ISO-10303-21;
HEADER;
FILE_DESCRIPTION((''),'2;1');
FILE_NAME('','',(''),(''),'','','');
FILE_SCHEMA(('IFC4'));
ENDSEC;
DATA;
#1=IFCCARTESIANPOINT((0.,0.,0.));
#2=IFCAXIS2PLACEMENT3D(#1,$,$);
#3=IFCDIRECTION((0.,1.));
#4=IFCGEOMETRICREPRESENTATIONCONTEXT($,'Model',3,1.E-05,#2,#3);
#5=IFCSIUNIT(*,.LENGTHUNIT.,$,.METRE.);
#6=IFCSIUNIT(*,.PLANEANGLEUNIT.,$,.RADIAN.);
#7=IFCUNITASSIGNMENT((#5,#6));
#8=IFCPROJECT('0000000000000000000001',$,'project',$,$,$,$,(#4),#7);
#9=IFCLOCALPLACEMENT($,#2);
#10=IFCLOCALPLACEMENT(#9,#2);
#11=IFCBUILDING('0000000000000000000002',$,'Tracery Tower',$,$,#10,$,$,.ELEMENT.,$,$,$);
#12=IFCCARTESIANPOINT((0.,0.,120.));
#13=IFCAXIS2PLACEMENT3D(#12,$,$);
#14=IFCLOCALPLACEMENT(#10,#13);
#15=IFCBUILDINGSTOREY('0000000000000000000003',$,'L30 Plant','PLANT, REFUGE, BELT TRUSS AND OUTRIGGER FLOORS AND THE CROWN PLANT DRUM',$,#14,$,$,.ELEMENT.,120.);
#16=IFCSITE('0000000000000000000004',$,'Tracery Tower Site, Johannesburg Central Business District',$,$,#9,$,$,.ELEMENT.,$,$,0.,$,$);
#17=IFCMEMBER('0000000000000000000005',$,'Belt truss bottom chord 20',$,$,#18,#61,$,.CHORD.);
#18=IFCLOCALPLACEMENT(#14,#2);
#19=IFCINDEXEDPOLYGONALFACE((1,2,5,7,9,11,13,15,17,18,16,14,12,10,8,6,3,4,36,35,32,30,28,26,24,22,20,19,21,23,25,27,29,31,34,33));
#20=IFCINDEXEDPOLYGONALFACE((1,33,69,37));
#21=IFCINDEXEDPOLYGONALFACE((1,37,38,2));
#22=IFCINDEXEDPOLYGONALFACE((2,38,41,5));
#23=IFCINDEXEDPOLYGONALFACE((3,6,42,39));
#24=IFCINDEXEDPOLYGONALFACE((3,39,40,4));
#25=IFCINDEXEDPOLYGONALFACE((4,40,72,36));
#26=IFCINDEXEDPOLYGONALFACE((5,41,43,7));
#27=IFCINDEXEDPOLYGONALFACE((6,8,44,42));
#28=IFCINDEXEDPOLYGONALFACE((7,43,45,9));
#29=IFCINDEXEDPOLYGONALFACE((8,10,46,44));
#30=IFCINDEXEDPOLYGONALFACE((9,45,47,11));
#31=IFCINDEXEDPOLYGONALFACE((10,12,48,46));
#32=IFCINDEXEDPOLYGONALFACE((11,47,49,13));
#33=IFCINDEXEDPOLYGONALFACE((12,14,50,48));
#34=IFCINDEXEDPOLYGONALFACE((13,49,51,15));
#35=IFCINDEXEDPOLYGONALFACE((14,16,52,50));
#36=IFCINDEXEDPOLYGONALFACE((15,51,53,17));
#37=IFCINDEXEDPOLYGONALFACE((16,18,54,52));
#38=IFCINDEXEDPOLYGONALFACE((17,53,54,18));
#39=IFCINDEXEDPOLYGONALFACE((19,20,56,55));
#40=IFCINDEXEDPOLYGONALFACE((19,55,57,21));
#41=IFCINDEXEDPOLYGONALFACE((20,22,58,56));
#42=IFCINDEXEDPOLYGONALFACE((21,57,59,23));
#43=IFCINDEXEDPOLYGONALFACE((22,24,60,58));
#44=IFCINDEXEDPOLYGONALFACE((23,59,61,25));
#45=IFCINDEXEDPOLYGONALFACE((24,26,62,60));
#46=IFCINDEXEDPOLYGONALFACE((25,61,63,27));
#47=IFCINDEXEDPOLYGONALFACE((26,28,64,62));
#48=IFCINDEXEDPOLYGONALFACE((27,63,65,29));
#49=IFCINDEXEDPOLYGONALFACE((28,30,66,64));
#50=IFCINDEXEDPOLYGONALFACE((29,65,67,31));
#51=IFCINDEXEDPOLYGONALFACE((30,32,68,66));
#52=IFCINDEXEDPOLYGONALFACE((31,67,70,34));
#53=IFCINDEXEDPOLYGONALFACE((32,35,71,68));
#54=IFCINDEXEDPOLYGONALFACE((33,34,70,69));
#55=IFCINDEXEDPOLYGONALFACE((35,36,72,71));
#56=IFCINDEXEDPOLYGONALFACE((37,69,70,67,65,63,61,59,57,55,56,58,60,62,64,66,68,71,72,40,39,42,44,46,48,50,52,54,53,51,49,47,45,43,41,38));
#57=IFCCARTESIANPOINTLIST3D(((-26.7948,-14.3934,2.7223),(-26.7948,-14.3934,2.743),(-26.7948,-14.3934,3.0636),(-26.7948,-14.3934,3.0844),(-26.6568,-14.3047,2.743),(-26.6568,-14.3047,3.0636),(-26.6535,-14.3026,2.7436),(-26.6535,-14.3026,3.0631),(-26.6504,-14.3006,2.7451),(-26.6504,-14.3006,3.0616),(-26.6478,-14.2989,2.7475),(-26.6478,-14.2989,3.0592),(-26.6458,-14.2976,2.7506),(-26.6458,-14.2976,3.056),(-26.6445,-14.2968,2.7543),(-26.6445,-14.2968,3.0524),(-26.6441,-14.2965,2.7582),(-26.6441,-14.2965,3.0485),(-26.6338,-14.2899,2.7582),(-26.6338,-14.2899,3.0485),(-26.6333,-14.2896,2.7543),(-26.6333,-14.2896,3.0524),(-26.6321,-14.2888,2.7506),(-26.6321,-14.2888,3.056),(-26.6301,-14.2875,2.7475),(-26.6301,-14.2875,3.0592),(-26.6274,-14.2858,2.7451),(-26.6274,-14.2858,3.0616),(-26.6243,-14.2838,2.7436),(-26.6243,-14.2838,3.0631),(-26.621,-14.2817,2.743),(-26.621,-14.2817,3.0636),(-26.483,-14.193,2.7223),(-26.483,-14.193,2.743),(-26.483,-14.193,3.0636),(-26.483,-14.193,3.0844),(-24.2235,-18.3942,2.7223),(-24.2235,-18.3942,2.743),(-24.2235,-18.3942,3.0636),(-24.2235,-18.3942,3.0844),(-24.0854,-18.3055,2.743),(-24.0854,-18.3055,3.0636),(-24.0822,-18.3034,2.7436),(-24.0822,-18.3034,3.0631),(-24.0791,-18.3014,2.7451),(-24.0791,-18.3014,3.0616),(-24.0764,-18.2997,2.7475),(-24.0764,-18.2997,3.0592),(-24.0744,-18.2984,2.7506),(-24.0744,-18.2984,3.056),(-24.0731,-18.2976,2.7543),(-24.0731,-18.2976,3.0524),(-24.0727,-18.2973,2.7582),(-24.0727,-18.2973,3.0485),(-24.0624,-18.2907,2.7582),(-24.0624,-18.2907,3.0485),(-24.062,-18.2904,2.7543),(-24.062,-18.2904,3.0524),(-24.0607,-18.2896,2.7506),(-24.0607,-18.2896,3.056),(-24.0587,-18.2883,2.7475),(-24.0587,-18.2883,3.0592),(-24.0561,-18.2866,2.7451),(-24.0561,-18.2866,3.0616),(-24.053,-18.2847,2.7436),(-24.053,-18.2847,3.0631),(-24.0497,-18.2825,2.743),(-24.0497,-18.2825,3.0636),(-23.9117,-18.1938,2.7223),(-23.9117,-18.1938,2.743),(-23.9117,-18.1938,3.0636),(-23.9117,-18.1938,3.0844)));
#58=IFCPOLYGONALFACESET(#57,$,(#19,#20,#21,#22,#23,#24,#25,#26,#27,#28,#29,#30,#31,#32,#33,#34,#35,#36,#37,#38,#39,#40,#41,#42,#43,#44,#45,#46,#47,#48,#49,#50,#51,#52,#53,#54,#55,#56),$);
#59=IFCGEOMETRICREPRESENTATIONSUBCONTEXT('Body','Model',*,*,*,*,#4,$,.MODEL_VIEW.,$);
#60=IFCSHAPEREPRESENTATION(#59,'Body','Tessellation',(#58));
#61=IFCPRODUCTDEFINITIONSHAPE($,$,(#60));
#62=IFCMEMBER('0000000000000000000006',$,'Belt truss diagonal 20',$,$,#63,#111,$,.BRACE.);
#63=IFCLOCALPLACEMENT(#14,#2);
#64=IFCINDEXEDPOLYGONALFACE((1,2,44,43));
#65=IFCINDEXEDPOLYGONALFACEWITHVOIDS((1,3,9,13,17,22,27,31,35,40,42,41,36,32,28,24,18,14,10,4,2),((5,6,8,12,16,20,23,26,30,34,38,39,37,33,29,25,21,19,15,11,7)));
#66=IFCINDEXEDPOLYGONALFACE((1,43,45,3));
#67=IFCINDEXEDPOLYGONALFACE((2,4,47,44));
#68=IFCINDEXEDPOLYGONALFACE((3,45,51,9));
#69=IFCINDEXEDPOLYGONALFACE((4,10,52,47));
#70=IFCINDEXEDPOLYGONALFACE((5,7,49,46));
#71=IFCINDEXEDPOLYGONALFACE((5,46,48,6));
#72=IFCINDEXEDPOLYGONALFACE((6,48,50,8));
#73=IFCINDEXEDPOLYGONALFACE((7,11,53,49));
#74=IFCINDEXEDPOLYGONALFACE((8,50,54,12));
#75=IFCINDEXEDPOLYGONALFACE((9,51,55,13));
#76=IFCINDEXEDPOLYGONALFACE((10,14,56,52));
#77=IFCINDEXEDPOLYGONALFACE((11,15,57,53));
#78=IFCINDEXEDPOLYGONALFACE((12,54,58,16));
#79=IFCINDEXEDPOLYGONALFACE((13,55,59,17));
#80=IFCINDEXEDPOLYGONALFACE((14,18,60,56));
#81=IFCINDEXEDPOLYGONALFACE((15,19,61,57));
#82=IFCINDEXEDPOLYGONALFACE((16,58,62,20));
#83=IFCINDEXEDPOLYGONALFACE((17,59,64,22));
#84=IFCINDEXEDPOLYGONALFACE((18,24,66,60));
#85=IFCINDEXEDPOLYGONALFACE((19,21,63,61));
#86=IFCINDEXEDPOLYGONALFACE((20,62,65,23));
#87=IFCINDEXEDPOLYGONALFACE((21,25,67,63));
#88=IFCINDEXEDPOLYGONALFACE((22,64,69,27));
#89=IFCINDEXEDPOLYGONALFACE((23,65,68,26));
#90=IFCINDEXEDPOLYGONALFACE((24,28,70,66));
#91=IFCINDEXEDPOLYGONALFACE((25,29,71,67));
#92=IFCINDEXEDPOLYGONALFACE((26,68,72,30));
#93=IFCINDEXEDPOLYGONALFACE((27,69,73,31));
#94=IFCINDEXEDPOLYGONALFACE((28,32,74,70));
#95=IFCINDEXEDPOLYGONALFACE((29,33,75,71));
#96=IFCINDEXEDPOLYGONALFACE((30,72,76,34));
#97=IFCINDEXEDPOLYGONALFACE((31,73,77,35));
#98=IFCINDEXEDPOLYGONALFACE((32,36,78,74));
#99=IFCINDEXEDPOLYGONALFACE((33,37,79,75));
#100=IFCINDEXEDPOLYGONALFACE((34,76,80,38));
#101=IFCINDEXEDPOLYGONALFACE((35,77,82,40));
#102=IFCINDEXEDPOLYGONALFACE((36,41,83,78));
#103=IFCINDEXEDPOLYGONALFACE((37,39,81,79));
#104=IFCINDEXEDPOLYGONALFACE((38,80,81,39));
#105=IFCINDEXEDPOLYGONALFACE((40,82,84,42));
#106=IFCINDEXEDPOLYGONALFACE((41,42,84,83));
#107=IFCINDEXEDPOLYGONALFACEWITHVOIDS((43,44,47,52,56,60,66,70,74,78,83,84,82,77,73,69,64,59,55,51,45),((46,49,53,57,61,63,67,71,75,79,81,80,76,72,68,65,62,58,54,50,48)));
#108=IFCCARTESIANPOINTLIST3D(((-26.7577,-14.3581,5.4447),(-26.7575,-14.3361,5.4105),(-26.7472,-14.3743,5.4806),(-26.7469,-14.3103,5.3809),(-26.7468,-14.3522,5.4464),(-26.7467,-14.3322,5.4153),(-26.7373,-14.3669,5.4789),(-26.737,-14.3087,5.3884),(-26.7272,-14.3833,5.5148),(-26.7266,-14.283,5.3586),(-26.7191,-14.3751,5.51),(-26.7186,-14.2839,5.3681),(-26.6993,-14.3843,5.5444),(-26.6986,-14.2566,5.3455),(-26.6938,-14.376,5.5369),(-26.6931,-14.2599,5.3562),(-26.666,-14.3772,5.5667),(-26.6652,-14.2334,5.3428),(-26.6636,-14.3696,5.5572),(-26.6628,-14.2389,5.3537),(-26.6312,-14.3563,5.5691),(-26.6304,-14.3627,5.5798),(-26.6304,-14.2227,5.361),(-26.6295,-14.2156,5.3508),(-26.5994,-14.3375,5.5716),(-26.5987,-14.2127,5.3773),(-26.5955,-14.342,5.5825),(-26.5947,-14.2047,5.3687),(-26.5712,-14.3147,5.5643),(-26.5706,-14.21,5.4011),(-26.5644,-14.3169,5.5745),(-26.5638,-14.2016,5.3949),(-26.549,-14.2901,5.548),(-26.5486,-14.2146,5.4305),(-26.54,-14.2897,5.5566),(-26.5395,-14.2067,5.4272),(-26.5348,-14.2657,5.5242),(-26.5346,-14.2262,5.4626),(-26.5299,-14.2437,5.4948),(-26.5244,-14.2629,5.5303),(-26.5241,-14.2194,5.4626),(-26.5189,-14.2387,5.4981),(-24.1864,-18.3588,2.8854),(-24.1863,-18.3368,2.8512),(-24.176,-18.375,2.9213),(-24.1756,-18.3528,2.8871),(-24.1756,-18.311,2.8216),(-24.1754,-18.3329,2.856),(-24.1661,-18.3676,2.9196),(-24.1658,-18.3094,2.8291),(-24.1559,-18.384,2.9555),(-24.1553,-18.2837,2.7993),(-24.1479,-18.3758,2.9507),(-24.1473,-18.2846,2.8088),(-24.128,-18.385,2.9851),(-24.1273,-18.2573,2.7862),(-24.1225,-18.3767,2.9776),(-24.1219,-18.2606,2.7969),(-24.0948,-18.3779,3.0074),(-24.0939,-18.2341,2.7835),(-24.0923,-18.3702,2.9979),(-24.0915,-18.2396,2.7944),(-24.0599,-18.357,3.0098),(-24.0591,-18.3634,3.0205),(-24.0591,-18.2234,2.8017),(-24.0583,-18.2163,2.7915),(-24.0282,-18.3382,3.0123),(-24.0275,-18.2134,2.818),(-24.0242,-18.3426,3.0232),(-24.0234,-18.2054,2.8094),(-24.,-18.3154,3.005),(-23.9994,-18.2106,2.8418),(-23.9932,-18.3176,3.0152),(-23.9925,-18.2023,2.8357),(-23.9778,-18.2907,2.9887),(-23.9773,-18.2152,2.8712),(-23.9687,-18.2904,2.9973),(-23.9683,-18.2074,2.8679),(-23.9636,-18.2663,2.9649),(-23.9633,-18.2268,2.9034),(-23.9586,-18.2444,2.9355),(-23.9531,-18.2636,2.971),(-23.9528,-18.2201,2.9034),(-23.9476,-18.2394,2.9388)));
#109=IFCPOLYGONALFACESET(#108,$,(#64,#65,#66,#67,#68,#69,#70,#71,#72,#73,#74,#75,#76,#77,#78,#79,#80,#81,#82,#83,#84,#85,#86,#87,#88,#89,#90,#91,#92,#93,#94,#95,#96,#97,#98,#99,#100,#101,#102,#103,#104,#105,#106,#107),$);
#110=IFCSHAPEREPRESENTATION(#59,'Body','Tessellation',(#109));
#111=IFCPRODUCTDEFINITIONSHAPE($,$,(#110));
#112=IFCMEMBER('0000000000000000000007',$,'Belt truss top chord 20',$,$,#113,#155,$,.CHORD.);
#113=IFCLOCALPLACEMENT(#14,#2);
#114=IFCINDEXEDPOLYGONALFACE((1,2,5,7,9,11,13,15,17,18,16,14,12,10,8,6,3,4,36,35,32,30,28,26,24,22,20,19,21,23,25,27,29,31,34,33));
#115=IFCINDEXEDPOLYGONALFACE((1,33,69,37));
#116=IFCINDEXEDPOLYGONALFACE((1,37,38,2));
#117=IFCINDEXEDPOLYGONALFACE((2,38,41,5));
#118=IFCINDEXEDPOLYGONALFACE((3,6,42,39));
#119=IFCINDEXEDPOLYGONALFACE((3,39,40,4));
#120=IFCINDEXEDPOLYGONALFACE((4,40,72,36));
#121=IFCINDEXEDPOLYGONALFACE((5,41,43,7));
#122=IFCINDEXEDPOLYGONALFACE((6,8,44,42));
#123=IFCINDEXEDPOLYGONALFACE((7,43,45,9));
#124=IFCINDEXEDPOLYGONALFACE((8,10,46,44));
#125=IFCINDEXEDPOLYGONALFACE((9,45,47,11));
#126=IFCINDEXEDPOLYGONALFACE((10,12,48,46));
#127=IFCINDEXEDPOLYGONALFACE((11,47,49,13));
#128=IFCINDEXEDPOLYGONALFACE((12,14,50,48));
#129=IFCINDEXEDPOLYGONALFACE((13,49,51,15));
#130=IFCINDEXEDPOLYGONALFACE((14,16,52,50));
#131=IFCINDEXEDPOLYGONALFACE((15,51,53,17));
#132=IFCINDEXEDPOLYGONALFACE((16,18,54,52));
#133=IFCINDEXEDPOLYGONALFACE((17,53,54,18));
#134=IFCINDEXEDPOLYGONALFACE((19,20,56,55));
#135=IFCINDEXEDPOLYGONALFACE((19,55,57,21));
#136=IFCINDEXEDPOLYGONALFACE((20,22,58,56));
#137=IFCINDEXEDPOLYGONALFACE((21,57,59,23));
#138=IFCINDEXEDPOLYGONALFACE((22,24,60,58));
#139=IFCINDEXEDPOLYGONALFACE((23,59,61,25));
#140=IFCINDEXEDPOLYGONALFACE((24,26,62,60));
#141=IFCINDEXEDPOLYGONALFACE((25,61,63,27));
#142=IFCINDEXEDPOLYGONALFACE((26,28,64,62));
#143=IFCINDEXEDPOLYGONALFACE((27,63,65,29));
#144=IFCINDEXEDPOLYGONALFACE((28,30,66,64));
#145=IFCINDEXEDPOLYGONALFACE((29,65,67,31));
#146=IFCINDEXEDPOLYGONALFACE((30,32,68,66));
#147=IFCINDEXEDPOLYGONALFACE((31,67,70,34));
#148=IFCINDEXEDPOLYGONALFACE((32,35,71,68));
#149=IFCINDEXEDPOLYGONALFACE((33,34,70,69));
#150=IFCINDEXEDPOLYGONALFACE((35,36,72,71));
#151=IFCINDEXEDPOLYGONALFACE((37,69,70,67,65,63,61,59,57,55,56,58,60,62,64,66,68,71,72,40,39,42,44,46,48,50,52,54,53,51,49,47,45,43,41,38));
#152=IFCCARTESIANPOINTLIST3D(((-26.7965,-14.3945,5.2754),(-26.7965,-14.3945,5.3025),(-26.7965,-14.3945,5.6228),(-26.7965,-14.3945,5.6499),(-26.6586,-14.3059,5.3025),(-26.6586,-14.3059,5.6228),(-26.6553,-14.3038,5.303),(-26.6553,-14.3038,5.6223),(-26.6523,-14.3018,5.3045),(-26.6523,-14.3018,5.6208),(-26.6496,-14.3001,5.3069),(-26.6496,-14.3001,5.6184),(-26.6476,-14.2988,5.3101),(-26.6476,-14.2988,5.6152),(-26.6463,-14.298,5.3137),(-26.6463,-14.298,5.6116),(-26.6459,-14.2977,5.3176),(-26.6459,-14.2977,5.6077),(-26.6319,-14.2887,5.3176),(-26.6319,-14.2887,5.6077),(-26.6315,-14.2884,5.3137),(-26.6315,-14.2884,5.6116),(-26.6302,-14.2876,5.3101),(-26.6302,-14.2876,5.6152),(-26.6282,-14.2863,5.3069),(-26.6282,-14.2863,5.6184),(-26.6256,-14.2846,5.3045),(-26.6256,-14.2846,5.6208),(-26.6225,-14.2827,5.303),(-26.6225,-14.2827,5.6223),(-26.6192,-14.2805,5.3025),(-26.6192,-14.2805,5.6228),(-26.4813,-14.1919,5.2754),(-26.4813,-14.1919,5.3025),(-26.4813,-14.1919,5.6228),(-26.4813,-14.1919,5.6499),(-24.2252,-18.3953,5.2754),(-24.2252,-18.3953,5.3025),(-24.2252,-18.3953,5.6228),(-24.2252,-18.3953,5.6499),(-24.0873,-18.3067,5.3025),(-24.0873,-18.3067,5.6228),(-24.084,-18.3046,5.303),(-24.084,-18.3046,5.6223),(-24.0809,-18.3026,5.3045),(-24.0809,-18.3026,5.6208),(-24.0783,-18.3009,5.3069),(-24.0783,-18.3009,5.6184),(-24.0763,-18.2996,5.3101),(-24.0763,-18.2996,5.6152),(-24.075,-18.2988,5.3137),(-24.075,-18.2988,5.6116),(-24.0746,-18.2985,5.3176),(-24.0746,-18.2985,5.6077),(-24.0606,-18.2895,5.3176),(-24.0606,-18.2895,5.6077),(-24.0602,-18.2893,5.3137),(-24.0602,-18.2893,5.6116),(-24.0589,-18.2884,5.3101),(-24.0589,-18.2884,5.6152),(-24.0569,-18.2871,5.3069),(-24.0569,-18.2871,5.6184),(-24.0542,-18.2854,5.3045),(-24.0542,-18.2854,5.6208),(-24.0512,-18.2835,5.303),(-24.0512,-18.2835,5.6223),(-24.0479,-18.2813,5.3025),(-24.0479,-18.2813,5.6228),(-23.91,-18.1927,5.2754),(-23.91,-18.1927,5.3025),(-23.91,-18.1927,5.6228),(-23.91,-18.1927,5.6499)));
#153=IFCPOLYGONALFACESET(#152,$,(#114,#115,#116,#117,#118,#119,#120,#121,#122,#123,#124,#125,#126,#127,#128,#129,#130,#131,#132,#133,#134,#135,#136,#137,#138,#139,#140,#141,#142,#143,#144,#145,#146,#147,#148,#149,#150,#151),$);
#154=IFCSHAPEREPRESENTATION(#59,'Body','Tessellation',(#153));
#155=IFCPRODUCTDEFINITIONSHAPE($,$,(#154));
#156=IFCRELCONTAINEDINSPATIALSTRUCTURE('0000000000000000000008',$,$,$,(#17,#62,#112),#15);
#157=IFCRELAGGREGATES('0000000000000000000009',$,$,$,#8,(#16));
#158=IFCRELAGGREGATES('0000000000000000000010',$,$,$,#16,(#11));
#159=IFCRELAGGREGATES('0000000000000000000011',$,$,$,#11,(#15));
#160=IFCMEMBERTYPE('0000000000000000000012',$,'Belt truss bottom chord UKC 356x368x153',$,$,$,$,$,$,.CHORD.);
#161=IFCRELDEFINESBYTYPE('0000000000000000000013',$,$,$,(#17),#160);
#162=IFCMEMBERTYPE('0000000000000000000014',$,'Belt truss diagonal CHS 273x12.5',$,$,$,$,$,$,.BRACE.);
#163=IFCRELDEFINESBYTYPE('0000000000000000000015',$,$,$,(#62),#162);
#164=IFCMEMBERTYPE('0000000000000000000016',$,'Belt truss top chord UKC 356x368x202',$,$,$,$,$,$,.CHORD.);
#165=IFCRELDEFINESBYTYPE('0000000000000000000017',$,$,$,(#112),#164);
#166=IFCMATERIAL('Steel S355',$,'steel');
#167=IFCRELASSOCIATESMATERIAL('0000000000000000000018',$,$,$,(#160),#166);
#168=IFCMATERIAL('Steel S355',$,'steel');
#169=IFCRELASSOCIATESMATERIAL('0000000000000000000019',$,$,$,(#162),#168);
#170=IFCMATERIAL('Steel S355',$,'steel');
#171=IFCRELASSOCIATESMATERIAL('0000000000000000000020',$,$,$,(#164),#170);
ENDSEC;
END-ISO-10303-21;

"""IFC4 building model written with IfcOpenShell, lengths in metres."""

from ifc_helpers import new_model, si_unit, direction, frame, origin, origin_2d, place, context, subcontext, project, spatial, hollow_circle, i_section, extrude, material, material_profile, profile_set, type_object, element, save


model = new_model("IFC4")

# Units and contexts
model_context = context("Model", 3, precision=1e-05, world=origin(), true_north=direction((0.0, 1.0)))
body_context = subcontext(model_context, "Body", "Model", "MODEL_VIEW")
ifc_project = project(units=[si_unit("LENGTHUNIT", "METRE"), si_unit("PLANEANGLEUNIT", "RADIAN")], contexts=[model_context])

# Site, building, storey
site_placement = place(None, origin())
site = spatial("IfcSite", under=ifc_project, at=site_placement, Name="Tracery Tower Site, Johannesburg Central Business District", CompositionType="ELEMENT", RefElevation=0.0)
building_placement = place(site_placement, origin())
building = spatial("IfcBuilding", under=site, at=building_placement, Name="Tracery Tower", CompositionType="ELEMENT")
storey_placement = place(building_placement, frame((0.0, 0.0, 120.0)))
storey = spatial("IfcBuildingStorey", under=building, at=storey_placement, Name="L30 Plant", Description="PLANT, REFUGE, BELT TRUSS AND OUTRIGGER FLOORS AND THE CROWN PLANT DRUM", CompositionType="ELEMENT", Elevation=120.0)

# Members
ifc_material_1 = material(Name="Steel S355", Category="steel")
ifc_material_profile_1 = material_profile(ifc_material_1, i_section(OverallWidth=0.3706, OverallDepth=0.3621, WebThickness=0.0122, FlangeThickness=0.0208, FilletRadius=0.0151, at=origin_2d()), Name="UKC 356x368x153")
ifc_profile_set_1 = profile_set([ifc_material_profile_1], Name="Steel S355")
member_type_1 = type_object("IfcMemberType", Name="Belt truss bottom chord UKC 356x368x153", PredefinedType="CHORD", material=ifc_profile_set_1)
member_1_placement = place(storey_placement, frame((-26.6389, -14.2932, 2.9033), z_axis=(0.540667, -0.841237, 0.0), x_axis=(0.841237, 0.540667, 0.0)))
element("IfcMember", 1, at=member_1_placement, inside=storey, type_object=member_type_1, Name="Belt truss bottom chord 20", PredefinedType="CHORD", context=body_context, shape_type="SweptSolid", body=[
    extrude(i_section(OverallWidth=0.3706, OverallDepth=0.3621, WebThickness=0.0122, FlangeThickness=0.0208, FilletRadius=0.0151, at=origin_2d()), origin(), (0.0, 0.0, 1.0), 4.7559),
])
ifc_material_2 = material(Name="Steel S355", Category="steel")
ifc_material_profile_2 = material_profile(ifc_material_2, hollow_circle(Radius=0.1365, WallThickness=0.0125, at=origin_2d()), Name="CHS 273x12.5")
ifc_profile_set_2 = profile_set([ifc_material_profile_2], Name="Steel S355")
member_type_2 = type_object("IfcMemberType", Name="Belt truss diagonal CHS 273x12.5", PredefinedType="BRACE", material=ifc_profile_set_2)
member_2_placement = place(storey_placement, frame((-26.6389, -14.2932, 5.4626), z_axis=(0.476103, -0.740781, -0.473888), x_axis=(0.841237, 0.540667, 0.0)))
element("IfcMember", 2, at=member_2_placement, inside=storey, type_object=member_type_2, Name="Belt truss diagonal 20", PredefinedType="BRACE", context=body_context, shape_type="SweptSolid", body=[
    extrude(hollow_circle(Radius=0.1365, WallThickness=0.0125, at=origin_2d()), origin(), (0.0, 0.0, 1.0), 5.4006),
])
ifc_material_3 = material(Name="Steel S355", Category="steel")
ifc_material_profile_3 = material_profile(ifc_material_3, i_section(OverallWidth=0.3748, OverallDepth=0.3745, WebThickness=0.0166, FlangeThickness=0.0271, FilletRadius=0.0151, at=origin_2d()), Name="UKC 356x368x202")
ifc_profile_set_3 = profile_set([ifc_material_profile_3], Name="Steel S355")
member_type_3 = type_object("IfcMemberType", Name="Belt truss top chord UKC 356x368x202", PredefinedType="CHORD", material=ifc_profile_set_3)
member_3_placement = place(storey_placement, frame((-26.6389, -14.2932, 5.4626), z_axis=(0.540667, -0.841237, 0.0), x_axis=(0.841237, 0.540667, 0.0)))
element("IfcMember", 3, at=member_3_placement, inside=storey, type_object=member_type_3, Name="Belt truss top chord 20", PredefinedType="CHORD", context=body_context, shape_type="SweptSolid", body=[
    extrude(i_section(OverallWidth=0.3748, OverallDepth=0.3745, WebThickness=0.0166, FlangeThickness=0.0271, FilletRadius=0.0151, at=origin_2d()), origin(), (0.0, 0.0, 1.0), 4.7559),
])

save(model, "model.ifc")
